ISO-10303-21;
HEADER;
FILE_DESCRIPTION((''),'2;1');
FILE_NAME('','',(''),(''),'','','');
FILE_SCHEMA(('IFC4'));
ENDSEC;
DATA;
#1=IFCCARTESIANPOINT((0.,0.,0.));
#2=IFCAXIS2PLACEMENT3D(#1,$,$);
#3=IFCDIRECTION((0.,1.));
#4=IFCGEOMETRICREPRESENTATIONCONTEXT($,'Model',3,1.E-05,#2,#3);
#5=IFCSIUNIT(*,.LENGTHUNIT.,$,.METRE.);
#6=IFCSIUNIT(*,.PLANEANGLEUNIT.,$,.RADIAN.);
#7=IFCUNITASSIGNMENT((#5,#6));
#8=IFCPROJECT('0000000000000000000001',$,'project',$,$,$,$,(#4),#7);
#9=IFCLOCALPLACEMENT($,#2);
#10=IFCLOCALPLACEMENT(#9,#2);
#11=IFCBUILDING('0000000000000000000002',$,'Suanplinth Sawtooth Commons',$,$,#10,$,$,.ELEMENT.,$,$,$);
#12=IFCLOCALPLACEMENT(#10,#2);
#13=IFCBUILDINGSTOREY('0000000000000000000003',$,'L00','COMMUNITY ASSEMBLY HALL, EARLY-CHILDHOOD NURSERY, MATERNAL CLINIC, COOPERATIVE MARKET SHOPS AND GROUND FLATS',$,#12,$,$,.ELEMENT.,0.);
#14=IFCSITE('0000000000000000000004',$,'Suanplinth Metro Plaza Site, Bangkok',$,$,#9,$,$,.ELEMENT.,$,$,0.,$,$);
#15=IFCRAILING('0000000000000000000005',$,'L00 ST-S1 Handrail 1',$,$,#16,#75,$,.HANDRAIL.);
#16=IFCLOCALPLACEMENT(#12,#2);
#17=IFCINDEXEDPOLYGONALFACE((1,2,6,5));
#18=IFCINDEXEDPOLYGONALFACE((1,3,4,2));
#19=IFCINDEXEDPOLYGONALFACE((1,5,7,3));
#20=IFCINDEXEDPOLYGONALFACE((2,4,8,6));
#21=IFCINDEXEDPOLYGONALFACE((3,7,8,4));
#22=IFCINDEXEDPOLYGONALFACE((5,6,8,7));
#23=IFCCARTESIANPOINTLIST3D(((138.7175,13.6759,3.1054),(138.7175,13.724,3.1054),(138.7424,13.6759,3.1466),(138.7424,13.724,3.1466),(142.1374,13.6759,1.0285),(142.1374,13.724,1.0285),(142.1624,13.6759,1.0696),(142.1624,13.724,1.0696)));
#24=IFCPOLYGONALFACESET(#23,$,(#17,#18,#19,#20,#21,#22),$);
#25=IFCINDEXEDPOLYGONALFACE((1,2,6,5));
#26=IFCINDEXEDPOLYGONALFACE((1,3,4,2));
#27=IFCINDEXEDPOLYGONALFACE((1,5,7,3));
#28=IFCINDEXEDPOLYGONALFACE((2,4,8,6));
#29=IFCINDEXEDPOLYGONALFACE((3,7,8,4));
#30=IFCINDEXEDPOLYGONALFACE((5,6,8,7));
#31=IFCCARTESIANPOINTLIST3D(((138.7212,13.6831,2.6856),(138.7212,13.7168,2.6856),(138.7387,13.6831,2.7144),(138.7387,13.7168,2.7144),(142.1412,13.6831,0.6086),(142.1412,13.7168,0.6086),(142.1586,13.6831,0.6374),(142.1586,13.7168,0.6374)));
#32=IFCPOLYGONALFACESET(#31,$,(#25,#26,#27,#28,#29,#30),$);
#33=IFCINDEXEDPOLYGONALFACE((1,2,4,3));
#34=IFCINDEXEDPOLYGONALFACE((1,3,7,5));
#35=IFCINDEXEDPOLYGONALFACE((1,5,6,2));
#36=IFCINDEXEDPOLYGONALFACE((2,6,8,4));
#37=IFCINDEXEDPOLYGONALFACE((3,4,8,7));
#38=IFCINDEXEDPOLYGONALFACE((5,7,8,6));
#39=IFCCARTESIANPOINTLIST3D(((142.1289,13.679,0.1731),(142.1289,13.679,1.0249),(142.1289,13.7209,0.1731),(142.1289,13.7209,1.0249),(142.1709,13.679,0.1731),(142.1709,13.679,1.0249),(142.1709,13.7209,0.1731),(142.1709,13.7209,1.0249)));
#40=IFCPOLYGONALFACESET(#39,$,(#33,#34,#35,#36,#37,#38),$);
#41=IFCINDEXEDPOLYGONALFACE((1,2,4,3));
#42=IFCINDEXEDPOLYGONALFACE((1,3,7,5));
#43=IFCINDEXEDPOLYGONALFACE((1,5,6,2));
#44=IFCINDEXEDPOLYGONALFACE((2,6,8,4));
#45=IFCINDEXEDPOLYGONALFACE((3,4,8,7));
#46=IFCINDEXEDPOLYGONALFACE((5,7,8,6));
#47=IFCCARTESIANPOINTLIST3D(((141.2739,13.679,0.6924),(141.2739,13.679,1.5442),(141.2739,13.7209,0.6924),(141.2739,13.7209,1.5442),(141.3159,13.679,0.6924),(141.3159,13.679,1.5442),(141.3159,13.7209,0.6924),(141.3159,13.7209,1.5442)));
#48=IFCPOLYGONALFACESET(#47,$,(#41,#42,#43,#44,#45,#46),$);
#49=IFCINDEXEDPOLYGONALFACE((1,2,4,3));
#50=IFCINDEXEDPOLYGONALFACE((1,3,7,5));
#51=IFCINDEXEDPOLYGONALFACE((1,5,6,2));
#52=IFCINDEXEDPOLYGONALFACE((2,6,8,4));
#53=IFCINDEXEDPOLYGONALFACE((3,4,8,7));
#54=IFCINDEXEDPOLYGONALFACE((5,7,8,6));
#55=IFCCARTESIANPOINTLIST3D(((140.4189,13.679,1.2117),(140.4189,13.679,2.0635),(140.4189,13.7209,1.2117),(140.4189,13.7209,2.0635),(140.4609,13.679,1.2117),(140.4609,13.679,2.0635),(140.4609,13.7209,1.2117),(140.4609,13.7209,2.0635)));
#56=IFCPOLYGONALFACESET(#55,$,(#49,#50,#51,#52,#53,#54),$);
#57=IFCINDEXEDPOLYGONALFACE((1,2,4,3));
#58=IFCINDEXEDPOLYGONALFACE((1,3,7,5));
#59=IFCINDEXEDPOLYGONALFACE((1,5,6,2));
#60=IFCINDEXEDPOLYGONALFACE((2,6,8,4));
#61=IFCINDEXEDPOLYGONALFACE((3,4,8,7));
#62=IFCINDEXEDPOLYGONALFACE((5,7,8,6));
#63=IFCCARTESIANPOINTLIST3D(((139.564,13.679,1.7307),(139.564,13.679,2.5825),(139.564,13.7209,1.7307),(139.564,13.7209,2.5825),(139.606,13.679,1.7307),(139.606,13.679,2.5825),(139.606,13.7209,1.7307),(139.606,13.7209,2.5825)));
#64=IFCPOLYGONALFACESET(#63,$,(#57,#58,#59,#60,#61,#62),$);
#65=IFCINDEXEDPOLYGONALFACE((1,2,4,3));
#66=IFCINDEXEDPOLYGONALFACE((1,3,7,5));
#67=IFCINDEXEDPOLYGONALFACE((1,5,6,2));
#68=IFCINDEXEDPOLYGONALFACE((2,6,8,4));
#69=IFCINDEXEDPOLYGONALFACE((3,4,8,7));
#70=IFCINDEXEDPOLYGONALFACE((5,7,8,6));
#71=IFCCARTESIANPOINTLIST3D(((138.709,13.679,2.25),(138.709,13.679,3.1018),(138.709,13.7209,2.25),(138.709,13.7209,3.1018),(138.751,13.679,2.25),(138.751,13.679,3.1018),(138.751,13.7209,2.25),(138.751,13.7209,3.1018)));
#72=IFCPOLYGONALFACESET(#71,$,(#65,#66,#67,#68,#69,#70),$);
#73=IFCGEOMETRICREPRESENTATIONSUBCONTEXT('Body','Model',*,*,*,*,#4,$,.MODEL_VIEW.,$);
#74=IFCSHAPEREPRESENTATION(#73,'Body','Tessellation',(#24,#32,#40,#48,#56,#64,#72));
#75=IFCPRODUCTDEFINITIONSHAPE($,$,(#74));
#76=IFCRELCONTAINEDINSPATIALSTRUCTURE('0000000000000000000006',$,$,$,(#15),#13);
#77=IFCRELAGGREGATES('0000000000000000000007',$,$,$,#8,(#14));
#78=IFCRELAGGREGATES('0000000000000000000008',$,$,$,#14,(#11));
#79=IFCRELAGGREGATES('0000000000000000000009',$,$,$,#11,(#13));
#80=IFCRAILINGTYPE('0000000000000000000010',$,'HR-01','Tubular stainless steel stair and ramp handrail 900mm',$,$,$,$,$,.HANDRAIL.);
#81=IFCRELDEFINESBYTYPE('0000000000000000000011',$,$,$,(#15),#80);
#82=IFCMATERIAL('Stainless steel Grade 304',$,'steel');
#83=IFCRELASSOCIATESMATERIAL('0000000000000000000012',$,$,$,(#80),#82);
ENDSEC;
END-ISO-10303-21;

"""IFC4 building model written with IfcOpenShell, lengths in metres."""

from ifc_helpers import new_model, si_unit, direction, frame, origin, origin_2d, place, context, subcontext, project, spatial, rectangle, extrude, material, type_object, element, save


model = new_model("IFC4")

# Units and contexts
model_context = context("Model", 3, precision=1e-05, world=origin(), true_north=direction((0.0, 1.0)))
body_context = subcontext(model_context, "Body", "Model", "MODEL_VIEW")
ifc_project = project(units=[si_unit("LENGTHUNIT", "METRE"), si_unit("PLANEANGLEUNIT", "RADIAN")], contexts=[model_context])

# Site, building, storey
site_placement = place(None, origin())
site = spatial("IfcSite", under=ifc_project, at=site_placement, Name="Suanplinth Metro Plaza Site, Bangkok", CompositionType="ELEMENT", RefElevation=0.0)
building_placement = place(site_placement, origin())
building = spatial("IfcBuilding", under=site, at=building_placement, Name="Suanplinth Sawtooth Commons", CompositionType="ELEMENT")
storey_placement = place(building_placement, origin())
storey = spatial("IfcBuildingStorey", under=building, at=storey_placement, Name="L00", Description="COMMUNITY ASSEMBLY HALL, EARLY-CHILDHOOD NURSERY, MATERNAL CLINIC, COOPERATIVE MARKET SHOPS AND GROUND FLATS", CompositionType="ELEMENT", Elevation=0.0)

# Shared definitions
ifc_material_1 = material(Name="Stainless steel Grade 304", Category="steel")

# Railing
railing_type_1 = type_object("IfcRailingType", Name="HR-01", Description="Tubular stainless steel stair and ramp handrail 900mm", PredefinedType="HANDRAIL", material=ifc_material_1)
railing_1_placement = place(storey_placement, frame((142.1499, 13.7, 0.1731)))
element("IfcRailing", 1, at=railing_1_placement, inside=storey, type_object=railing_type_1, Name="L00 ST-S1 Handrail 1", PredefinedType="HANDRAIL", context=body_context, shape_type="SweptSolid", body=[
    extrude(rectangle(XDim=0.0481, YDim=0.0481, at=origin_2d()), frame((0.0, 0.0, 0.876), z_axis=(-0.85473, 0.0, 0.519074), x_axis=(0.0, -1.0, 0.0)), (0.0, 0.0, 1.0), 4.0012),
    extrude(rectangle(XDim=0.0337, YDim=0.0337, at=origin_2d()), frame((0.0, 0.0, 0.45), z_axis=(-0.85473, 0.0, 0.519074), x_axis=(0.0, -1.0, 0.0)), (0.0, 0.0, 1.0), 4.0012),
    extrude(rectangle(XDim=0.042, YDim=0.042, at=origin_2d()), origin(), (0.0, 0.0, 1.0), 0.8518),
    extrude(rectangle(XDim=0.042, YDim=0.042, at=origin_2d()), frame((-0.855, 0.0, 0.5193)), (0.0, 0.0, 1.0), 0.8518),
    extrude(rectangle(XDim=0.042, YDim=0.042, at=origin_2d()), frame((-1.71, 0.0, 1.0386)), (0.0, 0.0, 1.0), 0.8518),
    extrude(rectangle(XDim=0.042, YDim=0.042, at=origin_2d()), frame((-2.5649, 0.0, 1.5576)), (0.0, 0.0, 1.0), 0.8518),
    extrude(rectangle(XDim=0.042, YDim=0.042, at=origin_2d()), frame((-3.4199, 0.0, 2.0769)), (0.0, 0.0, 1.0), 0.8518),
])

save(model, "model.ifc")
